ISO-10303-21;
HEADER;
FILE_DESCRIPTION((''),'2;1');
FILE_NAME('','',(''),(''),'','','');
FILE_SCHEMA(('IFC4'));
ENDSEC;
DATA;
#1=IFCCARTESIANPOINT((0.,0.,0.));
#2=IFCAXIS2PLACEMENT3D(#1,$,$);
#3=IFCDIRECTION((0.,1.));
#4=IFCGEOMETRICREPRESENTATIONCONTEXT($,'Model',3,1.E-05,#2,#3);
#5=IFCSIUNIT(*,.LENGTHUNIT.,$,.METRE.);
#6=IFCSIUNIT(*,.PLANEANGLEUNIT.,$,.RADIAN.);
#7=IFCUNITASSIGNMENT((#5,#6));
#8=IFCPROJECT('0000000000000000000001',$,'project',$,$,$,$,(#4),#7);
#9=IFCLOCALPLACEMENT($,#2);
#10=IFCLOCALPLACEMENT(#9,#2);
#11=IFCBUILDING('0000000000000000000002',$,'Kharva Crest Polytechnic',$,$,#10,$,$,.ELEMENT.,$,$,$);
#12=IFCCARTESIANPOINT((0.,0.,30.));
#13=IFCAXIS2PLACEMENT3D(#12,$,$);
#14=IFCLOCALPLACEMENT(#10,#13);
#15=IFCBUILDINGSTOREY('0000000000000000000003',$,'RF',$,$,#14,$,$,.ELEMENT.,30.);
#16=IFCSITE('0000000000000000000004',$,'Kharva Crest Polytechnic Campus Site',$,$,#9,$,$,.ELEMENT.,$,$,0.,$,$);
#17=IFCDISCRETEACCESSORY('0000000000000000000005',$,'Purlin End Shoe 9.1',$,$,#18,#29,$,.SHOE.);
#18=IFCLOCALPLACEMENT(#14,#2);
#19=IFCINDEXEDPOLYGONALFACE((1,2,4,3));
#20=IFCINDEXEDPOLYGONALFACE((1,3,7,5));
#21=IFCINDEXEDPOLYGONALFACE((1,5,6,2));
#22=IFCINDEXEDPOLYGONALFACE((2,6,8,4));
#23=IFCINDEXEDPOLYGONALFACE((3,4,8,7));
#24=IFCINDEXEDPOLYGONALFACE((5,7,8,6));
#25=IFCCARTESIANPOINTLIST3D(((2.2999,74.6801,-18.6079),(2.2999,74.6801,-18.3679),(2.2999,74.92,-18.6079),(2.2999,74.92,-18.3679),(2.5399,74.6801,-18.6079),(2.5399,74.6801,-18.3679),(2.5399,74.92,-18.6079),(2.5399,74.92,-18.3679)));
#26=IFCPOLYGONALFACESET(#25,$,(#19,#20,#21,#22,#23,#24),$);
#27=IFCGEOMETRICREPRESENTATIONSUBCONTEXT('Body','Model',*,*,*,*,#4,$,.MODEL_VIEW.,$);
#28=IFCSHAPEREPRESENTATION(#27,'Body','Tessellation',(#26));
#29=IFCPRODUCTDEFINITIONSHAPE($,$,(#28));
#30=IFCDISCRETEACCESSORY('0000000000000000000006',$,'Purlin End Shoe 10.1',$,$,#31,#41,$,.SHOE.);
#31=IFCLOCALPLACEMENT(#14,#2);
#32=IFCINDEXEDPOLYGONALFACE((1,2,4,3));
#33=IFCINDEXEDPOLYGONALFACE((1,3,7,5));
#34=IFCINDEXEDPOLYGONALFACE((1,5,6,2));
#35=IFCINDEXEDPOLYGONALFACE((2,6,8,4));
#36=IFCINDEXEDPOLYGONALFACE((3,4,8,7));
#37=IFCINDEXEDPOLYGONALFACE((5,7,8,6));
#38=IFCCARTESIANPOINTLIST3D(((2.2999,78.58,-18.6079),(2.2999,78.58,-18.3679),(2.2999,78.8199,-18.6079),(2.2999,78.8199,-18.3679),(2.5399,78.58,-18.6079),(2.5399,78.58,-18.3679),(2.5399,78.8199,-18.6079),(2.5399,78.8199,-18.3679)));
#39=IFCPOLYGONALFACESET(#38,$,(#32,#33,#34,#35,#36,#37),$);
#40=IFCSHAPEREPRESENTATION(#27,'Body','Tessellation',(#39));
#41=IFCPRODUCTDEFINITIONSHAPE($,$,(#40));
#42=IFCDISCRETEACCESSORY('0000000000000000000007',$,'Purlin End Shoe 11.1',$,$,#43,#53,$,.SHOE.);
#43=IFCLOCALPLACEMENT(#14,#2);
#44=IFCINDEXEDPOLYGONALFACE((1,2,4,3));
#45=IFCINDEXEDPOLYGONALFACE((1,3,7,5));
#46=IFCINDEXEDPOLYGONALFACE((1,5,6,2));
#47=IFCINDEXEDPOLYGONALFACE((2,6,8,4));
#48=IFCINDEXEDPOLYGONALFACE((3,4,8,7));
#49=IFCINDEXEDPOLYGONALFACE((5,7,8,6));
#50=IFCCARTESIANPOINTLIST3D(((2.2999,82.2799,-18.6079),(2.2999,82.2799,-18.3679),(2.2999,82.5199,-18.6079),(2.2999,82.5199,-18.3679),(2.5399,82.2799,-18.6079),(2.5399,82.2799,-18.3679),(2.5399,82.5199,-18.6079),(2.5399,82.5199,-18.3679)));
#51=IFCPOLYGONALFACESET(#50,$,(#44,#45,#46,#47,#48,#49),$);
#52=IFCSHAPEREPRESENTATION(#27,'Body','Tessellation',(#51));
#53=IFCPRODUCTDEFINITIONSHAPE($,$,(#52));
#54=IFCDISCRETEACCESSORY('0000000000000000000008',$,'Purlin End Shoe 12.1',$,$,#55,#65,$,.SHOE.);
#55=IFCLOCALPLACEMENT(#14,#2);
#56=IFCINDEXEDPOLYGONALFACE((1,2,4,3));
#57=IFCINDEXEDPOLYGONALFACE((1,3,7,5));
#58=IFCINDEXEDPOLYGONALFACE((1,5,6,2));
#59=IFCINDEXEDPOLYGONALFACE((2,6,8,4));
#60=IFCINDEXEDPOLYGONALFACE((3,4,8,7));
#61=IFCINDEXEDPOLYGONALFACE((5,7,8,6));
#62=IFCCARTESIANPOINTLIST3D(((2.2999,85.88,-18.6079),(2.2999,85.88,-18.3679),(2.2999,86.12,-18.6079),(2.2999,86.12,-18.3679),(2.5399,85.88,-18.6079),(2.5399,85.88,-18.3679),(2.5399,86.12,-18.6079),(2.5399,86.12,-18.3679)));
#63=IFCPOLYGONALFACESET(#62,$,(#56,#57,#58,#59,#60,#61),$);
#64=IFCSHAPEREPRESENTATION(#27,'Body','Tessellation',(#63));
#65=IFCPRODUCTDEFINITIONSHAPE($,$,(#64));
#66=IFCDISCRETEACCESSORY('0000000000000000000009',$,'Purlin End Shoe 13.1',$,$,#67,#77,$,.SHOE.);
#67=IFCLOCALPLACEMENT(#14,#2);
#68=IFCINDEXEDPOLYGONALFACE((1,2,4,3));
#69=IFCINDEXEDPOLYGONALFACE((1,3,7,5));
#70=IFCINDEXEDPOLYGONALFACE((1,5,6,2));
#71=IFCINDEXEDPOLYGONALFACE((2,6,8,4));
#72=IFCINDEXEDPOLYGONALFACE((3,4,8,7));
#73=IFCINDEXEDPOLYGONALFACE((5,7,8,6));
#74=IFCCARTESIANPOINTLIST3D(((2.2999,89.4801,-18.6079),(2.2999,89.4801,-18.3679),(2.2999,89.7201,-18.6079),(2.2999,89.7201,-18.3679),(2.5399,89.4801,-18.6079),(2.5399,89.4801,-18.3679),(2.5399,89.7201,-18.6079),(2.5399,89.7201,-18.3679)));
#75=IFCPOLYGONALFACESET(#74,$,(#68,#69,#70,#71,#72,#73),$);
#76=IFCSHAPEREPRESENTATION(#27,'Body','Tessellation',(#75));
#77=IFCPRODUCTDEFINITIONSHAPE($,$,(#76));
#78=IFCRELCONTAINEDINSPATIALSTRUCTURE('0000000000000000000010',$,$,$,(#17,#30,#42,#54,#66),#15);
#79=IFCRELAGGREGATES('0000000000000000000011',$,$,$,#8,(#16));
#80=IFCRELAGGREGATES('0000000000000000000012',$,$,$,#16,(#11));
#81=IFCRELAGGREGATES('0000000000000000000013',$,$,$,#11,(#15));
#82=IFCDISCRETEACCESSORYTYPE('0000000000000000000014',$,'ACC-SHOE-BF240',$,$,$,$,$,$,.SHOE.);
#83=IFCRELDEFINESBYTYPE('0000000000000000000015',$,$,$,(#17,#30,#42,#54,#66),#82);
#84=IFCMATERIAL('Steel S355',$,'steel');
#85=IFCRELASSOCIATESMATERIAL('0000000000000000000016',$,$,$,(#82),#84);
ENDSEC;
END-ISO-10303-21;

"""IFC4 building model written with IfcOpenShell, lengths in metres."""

from ifc_helpers import new_model, si_unit, direction, frame, origin, origin_2d, place, context, subcontext, project, spatial, rectangle, extrude, material, type_object, element, save


model = new_model("IFC4")

# Units and contexts
model_context = context("Model", 3, precision=1e-05, world=origin(), true_north=direction((0.0, 1.0)))
body_context = subcontext(model_context, "Body", "Model", "MODEL_VIEW")
ifc_project = project(units=[si_unit("LENGTHUNIT", "METRE"), si_unit("PLANEANGLEUNIT", "RADIAN")], contexts=[model_context])

# Site, building, storey
site_placement = place(None, origin())
site = spatial("IfcSite", under=ifc_project, at=site_placement, Name="Kharva Crest Polytechnic Campus Site", CompositionType="ELEMENT", RefElevation=0.0)
building_placement = place(site_placement, origin())
building = spatial("IfcBuilding", under=site, at=building_placement, Name="Kharva Crest Polytechnic", CompositionType="ELEMENT")
storey_placement = place(building_placement, frame((0.0, 0.0, 30.0)))
storey = spatial("IfcBuildingStorey", under=building, at=storey_placement, Name="RF", CompositionType="ELEMENT", Elevation=30.0)

# Shared definitions
ifc_material = material(Name="Steel S355", Category="steel")

# Discrete accessories
discrete_accessory_type = type_object("IfcDiscreteAccessoryType", Name="ACC-SHOE-BF240", PredefinedType="SHOE", material=ifc_material)
for number, where, z_axis, x_axis, name in (
    (1, (2.4199, 74.8, -18.6079), (0.0, 0.0, 1.0), (1.0, 0.0, 0.0), "Purlin End Shoe 9.1"),
    (2, (2.4199, 78.7, -18.6079), (0.0, 0.0, 1.0), (1.0, 0.0, 0.0), "Purlin End Shoe 10.1"),
    (3, (2.4199, 82.3999, -18.6079), (0.0, 0.0, 1.0), (1.0, 0.0, 0.0), "Purlin End Shoe 11.1"),
    (4, (2.4199, 86.0, -18.6079), (0.0, 0.0, 1.0), (1.0, 0.0, 0.0), "Purlin End Shoe 12.1"),
    (5, (2.4199, 89.6001, -18.6079), (0.0, 0.0, 1.0), (1.0, 0.0, 0.0), "Purlin End Shoe 13.1"),
):
    element("IfcDiscreteAccessory", number, at=place(storey_placement, frame(where, z_axis=z_axis, x_axis=x_axis)), inside=storey, type_object=discrete_accessory_type, Name=name, PredefinedType="SHOE", context=body_context, shape_type="SweptSolid", body=[
        extrude(rectangle(XDim=0.24, YDim=0.24, at=origin_2d()), origin(), (0.0, 0.0, 1.0), 0.24),
    ])

save(model, "model.ifc")
